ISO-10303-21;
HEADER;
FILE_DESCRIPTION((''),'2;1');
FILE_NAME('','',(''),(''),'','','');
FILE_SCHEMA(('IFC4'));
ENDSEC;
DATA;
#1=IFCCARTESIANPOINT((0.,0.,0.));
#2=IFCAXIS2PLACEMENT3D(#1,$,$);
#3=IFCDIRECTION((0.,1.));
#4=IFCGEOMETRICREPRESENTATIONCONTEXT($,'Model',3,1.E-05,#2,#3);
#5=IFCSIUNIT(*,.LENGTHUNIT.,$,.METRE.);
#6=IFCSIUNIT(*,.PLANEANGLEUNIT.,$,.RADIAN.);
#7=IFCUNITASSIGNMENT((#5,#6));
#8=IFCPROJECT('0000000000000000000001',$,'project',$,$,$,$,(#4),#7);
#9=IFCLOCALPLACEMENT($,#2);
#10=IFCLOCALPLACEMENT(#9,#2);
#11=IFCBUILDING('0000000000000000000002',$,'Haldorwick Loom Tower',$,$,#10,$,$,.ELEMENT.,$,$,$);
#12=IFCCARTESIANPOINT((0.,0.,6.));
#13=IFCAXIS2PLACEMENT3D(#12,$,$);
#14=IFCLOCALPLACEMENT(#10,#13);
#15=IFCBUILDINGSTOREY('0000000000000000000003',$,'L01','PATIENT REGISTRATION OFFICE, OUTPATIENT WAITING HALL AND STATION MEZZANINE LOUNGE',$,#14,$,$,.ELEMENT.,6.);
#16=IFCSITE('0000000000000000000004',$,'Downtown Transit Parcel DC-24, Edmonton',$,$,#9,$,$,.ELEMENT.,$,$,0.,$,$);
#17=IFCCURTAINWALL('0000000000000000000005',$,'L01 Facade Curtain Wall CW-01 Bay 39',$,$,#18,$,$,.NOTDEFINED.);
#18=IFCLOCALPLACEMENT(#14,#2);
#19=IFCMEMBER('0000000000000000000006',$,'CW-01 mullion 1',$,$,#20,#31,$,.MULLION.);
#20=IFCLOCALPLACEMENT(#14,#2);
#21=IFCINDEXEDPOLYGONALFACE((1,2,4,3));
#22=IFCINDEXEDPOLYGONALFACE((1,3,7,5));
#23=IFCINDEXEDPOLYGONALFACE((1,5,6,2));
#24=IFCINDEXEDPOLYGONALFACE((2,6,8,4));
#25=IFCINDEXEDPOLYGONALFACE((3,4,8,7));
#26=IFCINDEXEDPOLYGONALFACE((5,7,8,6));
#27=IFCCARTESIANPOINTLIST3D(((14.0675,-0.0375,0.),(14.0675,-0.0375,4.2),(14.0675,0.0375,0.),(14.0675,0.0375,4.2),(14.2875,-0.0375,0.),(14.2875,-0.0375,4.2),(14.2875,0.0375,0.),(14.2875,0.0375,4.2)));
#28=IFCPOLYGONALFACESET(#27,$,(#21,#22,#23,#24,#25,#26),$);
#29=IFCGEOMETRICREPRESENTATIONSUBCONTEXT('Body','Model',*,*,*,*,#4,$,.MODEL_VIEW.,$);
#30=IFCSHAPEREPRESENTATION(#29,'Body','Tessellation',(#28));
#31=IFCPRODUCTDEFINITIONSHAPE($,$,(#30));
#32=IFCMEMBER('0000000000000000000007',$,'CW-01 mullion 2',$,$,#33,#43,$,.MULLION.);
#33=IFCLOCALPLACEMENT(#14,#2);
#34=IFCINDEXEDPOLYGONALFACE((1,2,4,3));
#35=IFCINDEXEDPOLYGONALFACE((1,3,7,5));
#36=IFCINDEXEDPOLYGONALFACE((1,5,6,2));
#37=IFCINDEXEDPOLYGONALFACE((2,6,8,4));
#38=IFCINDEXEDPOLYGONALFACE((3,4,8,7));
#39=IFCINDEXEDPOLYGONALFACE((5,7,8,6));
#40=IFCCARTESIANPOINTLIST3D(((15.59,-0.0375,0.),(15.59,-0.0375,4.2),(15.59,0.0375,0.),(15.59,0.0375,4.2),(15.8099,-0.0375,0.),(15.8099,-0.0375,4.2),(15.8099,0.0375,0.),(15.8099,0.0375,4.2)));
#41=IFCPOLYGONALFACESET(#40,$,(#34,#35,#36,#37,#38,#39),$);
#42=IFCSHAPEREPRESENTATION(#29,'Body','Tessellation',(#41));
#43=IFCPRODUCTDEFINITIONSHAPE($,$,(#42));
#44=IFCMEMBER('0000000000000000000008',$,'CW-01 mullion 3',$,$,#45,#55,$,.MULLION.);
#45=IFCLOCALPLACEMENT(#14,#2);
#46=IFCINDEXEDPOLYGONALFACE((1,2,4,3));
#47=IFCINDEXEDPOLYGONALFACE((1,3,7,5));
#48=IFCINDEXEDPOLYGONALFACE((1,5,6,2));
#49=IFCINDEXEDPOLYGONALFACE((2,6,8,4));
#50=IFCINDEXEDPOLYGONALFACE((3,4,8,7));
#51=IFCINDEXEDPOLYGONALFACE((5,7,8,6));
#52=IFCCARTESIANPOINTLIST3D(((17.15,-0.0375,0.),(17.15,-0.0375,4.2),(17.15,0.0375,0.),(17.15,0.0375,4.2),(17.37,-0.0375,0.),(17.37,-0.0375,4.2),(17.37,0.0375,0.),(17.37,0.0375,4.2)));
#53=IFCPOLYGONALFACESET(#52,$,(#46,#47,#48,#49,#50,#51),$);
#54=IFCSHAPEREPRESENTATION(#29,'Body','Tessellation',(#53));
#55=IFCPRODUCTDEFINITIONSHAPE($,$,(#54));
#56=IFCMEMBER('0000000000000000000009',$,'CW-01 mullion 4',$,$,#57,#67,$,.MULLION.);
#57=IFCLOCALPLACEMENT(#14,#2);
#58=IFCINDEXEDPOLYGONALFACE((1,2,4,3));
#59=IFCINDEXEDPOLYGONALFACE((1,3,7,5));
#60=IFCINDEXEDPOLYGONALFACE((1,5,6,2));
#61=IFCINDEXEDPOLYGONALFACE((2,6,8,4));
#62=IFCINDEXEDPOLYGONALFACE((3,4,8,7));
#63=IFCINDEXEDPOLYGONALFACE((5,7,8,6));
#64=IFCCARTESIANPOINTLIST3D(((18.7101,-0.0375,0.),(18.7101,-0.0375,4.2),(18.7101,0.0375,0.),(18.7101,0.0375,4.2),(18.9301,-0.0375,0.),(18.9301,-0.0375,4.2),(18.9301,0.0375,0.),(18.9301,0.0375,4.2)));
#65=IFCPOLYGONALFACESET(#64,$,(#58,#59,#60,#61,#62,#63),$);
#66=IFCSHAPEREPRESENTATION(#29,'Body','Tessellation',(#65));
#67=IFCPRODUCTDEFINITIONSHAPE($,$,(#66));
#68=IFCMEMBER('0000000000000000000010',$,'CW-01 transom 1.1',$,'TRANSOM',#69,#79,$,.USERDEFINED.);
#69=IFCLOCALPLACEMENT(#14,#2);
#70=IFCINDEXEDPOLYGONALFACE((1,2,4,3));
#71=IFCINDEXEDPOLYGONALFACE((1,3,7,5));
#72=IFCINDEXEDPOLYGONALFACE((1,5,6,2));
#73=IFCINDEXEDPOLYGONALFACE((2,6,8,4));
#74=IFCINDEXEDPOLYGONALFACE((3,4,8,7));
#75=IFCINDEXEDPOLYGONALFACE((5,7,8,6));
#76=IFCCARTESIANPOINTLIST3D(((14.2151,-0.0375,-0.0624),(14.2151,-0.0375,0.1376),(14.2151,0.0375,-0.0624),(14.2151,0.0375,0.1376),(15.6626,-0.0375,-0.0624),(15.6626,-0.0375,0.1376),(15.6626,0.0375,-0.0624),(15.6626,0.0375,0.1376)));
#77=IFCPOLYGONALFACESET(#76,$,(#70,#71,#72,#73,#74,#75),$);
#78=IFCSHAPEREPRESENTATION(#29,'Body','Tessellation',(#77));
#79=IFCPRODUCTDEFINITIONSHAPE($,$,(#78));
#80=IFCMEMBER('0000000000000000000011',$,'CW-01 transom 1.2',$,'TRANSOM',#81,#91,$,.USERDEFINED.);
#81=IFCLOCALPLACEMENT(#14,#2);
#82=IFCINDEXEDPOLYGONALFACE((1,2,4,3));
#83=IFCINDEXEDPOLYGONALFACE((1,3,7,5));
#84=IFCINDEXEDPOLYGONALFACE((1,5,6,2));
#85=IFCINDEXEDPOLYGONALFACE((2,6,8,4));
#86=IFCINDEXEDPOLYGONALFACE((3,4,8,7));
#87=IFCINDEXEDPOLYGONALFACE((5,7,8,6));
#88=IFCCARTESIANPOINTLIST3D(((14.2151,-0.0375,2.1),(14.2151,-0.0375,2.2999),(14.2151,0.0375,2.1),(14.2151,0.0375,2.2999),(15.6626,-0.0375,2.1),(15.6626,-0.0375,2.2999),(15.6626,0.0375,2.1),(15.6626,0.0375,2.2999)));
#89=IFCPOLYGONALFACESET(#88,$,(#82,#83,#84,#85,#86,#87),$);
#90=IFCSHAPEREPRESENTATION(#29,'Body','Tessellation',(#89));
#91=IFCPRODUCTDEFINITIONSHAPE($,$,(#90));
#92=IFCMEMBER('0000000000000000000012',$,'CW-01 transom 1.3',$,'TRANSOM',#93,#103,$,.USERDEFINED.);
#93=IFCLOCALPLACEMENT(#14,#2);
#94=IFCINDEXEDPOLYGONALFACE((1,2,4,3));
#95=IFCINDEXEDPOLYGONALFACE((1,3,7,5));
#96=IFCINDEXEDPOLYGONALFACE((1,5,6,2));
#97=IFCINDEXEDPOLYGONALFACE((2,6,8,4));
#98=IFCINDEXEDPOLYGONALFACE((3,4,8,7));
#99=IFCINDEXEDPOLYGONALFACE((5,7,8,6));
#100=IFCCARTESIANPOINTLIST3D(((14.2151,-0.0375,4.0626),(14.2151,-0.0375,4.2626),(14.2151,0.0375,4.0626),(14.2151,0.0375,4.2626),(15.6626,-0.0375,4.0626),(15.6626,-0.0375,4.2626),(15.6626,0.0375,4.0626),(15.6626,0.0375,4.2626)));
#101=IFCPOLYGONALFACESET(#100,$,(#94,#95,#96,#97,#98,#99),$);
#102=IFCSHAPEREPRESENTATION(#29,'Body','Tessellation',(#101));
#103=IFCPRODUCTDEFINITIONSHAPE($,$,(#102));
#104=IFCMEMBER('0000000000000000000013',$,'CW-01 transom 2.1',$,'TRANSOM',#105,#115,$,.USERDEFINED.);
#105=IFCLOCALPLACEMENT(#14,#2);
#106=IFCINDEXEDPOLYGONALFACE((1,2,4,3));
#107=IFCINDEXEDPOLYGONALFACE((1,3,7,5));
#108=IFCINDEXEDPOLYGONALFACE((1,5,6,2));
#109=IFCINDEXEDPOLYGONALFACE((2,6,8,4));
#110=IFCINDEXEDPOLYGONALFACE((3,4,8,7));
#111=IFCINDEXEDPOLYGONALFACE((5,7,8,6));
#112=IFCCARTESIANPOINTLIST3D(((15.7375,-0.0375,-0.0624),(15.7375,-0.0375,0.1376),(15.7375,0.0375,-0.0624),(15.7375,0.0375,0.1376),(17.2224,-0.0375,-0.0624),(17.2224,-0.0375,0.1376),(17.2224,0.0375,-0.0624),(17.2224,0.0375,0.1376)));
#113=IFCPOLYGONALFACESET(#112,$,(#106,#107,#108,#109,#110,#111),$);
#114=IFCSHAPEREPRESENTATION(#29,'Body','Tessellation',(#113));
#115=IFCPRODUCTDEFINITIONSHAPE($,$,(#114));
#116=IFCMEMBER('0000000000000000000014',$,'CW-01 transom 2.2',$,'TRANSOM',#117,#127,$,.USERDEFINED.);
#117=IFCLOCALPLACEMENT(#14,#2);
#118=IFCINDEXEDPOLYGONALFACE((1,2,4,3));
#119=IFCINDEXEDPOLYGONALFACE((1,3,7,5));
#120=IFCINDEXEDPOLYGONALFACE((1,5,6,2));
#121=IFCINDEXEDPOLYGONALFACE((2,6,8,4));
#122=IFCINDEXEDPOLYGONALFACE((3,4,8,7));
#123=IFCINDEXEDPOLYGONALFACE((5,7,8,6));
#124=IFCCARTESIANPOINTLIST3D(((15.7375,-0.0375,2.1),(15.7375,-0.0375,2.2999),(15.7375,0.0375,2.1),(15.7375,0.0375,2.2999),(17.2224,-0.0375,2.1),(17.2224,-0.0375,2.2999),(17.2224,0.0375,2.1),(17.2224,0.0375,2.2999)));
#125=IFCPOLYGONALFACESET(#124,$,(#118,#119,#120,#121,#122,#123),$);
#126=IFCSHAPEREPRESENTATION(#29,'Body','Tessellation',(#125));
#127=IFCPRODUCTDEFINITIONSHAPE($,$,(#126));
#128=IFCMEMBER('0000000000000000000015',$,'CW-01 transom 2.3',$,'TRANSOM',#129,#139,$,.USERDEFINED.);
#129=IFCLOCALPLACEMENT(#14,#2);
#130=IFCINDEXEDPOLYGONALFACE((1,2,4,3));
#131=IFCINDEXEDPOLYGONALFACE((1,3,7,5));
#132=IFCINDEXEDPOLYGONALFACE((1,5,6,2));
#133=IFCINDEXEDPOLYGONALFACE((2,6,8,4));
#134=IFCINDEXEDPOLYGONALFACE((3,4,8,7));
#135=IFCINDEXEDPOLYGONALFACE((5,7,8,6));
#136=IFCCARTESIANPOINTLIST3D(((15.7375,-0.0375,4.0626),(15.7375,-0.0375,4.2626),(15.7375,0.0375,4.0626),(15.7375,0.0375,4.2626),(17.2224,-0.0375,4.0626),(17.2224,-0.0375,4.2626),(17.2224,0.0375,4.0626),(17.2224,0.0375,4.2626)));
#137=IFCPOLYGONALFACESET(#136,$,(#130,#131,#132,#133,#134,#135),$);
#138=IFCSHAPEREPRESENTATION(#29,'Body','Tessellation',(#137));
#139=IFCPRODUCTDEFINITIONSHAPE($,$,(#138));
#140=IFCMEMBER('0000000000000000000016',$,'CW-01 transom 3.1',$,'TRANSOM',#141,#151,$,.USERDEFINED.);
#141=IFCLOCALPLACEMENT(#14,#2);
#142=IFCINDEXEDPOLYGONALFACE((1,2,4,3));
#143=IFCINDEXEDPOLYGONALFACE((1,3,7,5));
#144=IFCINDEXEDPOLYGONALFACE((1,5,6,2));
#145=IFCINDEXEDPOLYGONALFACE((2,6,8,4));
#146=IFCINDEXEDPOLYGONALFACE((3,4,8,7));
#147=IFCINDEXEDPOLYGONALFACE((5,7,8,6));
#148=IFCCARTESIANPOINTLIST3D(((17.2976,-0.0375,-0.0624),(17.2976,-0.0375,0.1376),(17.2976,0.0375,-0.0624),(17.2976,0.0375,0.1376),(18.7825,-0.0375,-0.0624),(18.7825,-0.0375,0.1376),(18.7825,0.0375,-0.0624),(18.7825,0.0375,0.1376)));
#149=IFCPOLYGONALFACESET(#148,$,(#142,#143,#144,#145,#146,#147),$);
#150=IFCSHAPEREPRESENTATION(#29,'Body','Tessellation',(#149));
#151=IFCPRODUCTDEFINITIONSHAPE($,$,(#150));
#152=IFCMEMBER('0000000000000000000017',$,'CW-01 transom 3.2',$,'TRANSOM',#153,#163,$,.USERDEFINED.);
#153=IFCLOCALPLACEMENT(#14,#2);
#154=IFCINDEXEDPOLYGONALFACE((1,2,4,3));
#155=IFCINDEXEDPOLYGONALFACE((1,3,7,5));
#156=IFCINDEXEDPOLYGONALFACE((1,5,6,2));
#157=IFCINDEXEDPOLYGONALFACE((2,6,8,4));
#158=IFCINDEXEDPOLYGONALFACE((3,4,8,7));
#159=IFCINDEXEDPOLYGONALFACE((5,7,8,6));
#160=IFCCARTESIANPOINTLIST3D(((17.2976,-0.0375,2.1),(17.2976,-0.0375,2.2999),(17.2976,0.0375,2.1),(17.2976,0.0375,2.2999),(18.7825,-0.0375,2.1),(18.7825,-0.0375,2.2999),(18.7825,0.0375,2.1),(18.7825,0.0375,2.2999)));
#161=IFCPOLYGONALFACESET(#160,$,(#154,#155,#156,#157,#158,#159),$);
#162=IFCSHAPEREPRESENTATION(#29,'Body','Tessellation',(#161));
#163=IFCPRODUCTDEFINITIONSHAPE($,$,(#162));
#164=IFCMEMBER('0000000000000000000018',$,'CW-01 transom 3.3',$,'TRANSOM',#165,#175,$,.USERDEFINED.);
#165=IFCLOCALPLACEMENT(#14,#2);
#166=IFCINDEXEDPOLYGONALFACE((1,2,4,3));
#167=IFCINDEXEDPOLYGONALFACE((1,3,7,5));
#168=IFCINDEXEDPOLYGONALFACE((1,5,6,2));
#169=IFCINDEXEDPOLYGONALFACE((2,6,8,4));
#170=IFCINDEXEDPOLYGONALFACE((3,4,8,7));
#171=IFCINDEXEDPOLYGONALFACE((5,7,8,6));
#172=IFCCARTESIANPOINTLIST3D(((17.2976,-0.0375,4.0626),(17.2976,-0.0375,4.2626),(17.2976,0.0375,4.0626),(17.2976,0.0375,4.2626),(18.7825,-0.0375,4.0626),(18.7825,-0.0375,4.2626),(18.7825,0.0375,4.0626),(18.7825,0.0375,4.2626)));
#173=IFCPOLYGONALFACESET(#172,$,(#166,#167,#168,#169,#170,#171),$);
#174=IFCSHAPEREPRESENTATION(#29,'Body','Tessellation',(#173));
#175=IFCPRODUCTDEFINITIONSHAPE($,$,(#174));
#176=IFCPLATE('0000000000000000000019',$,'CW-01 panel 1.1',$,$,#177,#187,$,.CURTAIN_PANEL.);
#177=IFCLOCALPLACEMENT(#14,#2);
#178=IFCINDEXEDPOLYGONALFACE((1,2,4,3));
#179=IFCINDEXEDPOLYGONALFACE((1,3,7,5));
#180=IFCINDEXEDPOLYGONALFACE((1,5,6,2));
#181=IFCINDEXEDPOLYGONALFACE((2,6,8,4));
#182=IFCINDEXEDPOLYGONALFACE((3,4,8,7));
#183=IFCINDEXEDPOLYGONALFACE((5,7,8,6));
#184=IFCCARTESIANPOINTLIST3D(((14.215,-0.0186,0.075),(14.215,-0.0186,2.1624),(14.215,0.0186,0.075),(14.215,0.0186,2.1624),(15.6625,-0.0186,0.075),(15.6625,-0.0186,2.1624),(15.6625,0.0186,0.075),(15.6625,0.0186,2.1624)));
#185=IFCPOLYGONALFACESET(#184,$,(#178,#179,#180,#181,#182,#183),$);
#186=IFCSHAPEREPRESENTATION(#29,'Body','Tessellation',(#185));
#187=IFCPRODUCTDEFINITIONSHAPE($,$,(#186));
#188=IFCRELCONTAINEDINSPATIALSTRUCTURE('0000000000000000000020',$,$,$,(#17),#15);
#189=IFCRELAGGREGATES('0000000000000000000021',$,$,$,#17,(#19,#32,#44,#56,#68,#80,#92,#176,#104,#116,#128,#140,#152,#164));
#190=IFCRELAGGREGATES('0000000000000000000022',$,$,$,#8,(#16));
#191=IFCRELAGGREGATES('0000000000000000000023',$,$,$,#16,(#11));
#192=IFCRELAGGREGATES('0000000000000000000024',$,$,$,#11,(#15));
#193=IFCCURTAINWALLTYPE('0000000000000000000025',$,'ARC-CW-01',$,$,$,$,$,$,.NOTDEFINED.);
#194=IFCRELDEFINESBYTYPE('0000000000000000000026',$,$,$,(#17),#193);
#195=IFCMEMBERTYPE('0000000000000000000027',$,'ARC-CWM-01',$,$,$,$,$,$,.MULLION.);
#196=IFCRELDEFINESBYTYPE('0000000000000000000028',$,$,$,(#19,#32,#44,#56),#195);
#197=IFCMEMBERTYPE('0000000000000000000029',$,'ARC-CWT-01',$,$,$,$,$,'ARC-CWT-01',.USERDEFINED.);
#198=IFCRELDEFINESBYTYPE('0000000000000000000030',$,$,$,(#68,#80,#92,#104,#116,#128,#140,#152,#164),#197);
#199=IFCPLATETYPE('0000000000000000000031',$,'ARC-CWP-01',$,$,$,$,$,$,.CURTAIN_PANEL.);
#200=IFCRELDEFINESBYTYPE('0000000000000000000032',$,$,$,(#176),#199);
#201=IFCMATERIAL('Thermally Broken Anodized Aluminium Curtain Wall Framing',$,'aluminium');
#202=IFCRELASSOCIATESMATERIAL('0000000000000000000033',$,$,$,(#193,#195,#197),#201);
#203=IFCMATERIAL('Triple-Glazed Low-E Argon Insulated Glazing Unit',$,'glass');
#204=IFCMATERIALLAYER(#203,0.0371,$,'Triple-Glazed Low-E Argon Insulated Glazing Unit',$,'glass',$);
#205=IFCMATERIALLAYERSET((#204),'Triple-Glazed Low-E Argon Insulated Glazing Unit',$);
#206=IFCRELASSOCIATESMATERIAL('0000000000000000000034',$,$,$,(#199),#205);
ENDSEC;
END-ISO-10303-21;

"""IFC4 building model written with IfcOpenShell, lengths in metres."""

from ifc_helpers import new_model, si_unit, direction, frame, origin, origin_2d, place, context, subcontext, project, spatial, rectangle, extrude, material, layer, layer_set, material_profile, profile_set, type_object, element, aggregate, save


model = new_model("IFC4")

# Units and contexts
model_context = context("Model", 3, precision=1e-05, world=origin(), true_north=direction((0.0, 1.0)))
body_context = subcontext(model_context, "Body", "Model", "MODEL_VIEW")
ifc_project = project(units=[si_unit("LENGTHUNIT", "METRE"), si_unit("PLANEANGLEUNIT", "RADIAN")], contexts=[model_context])

# Site, building, storey
site_placement = place(None, origin())
site = spatial("IfcSite", under=ifc_project, at=site_placement, Name="Downtown Transit Parcel DC-24, Edmonton", CompositionType="ELEMENT", RefElevation=0.0)
building_placement = place(site_placement, origin())
building = spatial("IfcBuilding", under=site, at=building_placement, Name="Haldorwick Loom Tower", CompositionType="ELEMENT")
storey_placement = place(building_placement, frame((0.0, 0.0, 6.0)))
storey = spatial("IfcBuildingStorey", under=building, at=storey_placement, Name="L01", Description="PATIENT REGISTRATION OFFICE, OUTPATIENT WAITING HALL AND STATION MEZZANINE LOUNGE", CompositionType="ELEMENT", Elevation=6.0)

# Curtain wall, members, plate
ifc_material_1 = material(Name="Thermally Broken Anodized Aluminium Curtain Wall Framing", Category="aluminium")
curtain_wall_type = type_object("IfcCurtainWallType", Name="ARC-CW-01", PredefinedType="NOTDEFINED", material=ifc_material_1)
curtain_wall_placement = place(storey_placement, origin())
curtain_wall = element("IfcCurtainWall", 1, at=curtain_wall_placement, inside=storey, type_object=curtain_wall_type, Name="L01 Facade Curtain Wall CW-01 Bay 39", PredefinedType="NOTDEFINED")
ifc_material_profile_1 = material_profile(ifc_material_1, rectangle(XDim=0.075, YDim=0.22, at=origin_2d()), Name="ALU_MUL_75X220", Category="aluminium")
ifc_profile_set_1 = profile_set([ifc_material_profile_1], Name="Thermally Broken Anodized Aluminium Curtain Wall Framing")
member_type_1 = type_object("IfcMemberType", Name="ARC-CWM-01", PredefinedType="MULLION", material=ifc_profile_set_1)
member_1_placement = place(storey_placement, frame((14.1775, 0.0, 0.0), z_axis=(0.0, 0.0, 1.0), x_axis=(0.0, 1.0, 0.0)))
member_1 = element("IfcMember", 2, at=member_1_placement, type_object=member_type_1, Name="CW-01 mullion 1", PredefinedType="MULLION", context=body_context, shape_type="SweptSolid", body=[
    extrude(rectangle(XDim=0.075, YDim=0.22, at=origin_2d()), origin(), (0.0, 0.0, 1.0), 4.2),
])
member_2_placement = place(storey_placement, frame((15.7, 0.0, 0.0), z_axis=(0.0, 0.0, 1.0), x_axis=(0.0, 1.0, 0.0)))
member_2 = element("IfcMember", 3, at=member_2_placement, type_object=member_type_1, Name="CW-01 mullion 2", PredefinedType="MULLION", context=body_context, shape_type="SweptSolid", body=[
    extrude(rectangle(XDim=0.075, YDim=0.22, at=origin_2d()), origin(), (0.0, 0.0, 1.0), 4.2),
])
member_3_placement = place(storey_placement, frame((17.26, 0.0, 0.0), z_axis=(0.0, 0.0, 1.0), x_axis=(0.0, 1.0, 0.0)))
member_3 = element("IfcMember", 4, at=member_3_placement, type_object=member_type_1, Name="CW-01 mullion 3", PredefinedType="MULLION", context=body_context, shape_type="SweptSolid", body=[
    extrude(rectangle(XDim=0.075, YDim=0.22, at=origin_2d()), origin(), (0.0, 0.0, 1.0), 4.2),
])
member_4_placement = place(storey_placement, frame((18.8201, 0.0, 0.0), z_axis=(0.0, 0.0, 1.0), x_axis=(0.0, 1.0, 0.0)))
member_4 = element("IfcMember", 5, at=member_4_placement, type_object=member_type_1, Name="CW-01 mullion 4", PredefinedType="MULLION", context=body_context, shape_type="SweptSolid", body=[
    extrude(rectangle(XDim=0.075, YDim=0.22, at=origin_2d()), origin(), (0.0, 0.0, 1.0), 4.2),
])
ifc_material_profile_2 = material_profile(ifc_material_1, rectangle(XDim=0.075, YDim=0.2, at=origin_2d()), Name="ALU_TRN_75X200", Category="aluminium")
ifc_profile_set_2 = profile_set([ifc_material_profile_2], Name="Thermally Broken Anodized Aluminium Curtain Wall Framing")
member_type_2 = type_object("IfcMemberType", Name="ARC-CWT-01", ElementType="ARC-CWT-01", PredefinedType="USERDEFINED", material=ifc_profile_set_2)
member_5_placement = place(storey_placement, frame((14.2151, 0.0, 0.0376), z_axis=(1.0, 0.0, 0.0), x_axis=(0.0, 1.0, 0.0)))
member_5 = element("IfcMember", 6, at=member_5_placement, type_object=member_type_2, Name="CW-01 transom 1.1", ObjectType="TRANSOM", PredefinedType="USERDEFINED", context=body_context, shape_type="SweptSolid", body=[
    extrude(rectangle(XDim=0.075, YDim=0.2, at=origin_2d()), origin(), (0.0, 0.0, 1.0), 1.4475),
])
member_6_placement = place(storey_placement, frame((14.2151, 0.0, 2.2), z_axis=(1.0, 0.0, 0.0), x_axis=(0.0, 1.0, 0.0)))
member_6 = element("IfcMember", 7, at=member_6_placement, type_object=member_type_2, Name="CW-01 transom 1.2", ObjectType="TRANSOM", PredefinedType="USERDEFINED", context=body_context, shape_type="SweptSolid", body=[
    extrude(rectangle(XDim=0.075, YDim=0.2, at=origin_2d()), origin(), (0.0, 0.0, 1.0), 1.4475),
])
member_7_placement = place(storey_placement, frame((14.2151, 0.0, 4.1626), z_axis=(1.0, 0.0, 0.0), x_axis=(0.0, 1.0, 0.0)))
member_7 = element("IfcMember", 8, at=member_7_placement, type_object=member_type_2, Name="CW-01 transom 1.3", ObjectType="TRANSOM", PredefinedType="USERDEFINED", context=body_context, shape_type="SweptSolid", body=[
    extrude(rectangle(XDim=0.075, YDim=0.2, at=origin_2d()), origin(), (0.0, 0.0, 1.0), 1.4475),
])
member_8_placement = place(storey_placement, frame((15.7375, 0.0, 0.0376), z_axis=(1.0, 0.0, 0.0), x_axis=(0.0, 1.0, 0.0)))
member_8 = element("IfcMember", 9, at=member_8_placement, type_object=member_type_2, Name="CW-01 transom 2.1", ObjectType="TRANSOM", PredefinedType="USERDEFINED", context=body_context, shape_type="SweptSolid", body=[
    extrude(rectangle(XDim=0.075, YDim=0.2, at=origin_2d()), origin(), (0.0, 0.0, 1.0), 1.4849),
])
member_9_placement = place(storey_placement, frame((15.7375, 0.0, 2.2), z_axis=(1.0, 0.0, 0.0), x_axis=(0.0, 1.0, 0.0)))
member_9 = element("IfcMember", 10, at=member_9_placement, type_object=member_type_2, Name="CW-01 transom 2.2", ObjectType="TRANSOM", PredefinedType="USERDEFINED", context=body_context, shape_type="SweptSolid", body=[
    extrude(rectangle(XDim=0.075, YDim=0.2, at=origin_2d()), origin(), (0.0, 0.0, 1.0), 1.4849),
])
member_10_placement = place(storey_placement, frame((15.7375, 0.0, 4.1626), z_axis=(1.0, 0.0, 0.0), x_axis=(0.0, 1.0, 0.0)))
member_10 = element("IfcMember", 11, at=member_10_placement, type_object=member_type_2, Name="CW-01 transom 2.3", ObjectType="TRANSOM", PredefinedType="USERDEFINED", context=body_context, shape_type="SweptSolid", body=[
    extrude(rectangle(XDim=0.075, YDim=0.2, at=origin_2d()), origin(), (0.0, 0.0, 1.0), 1.4849),
])
member_11_placement = place(storey_placement, frame((17.2976, 0.0, 0.0376), z_axis=(1.0, 0.0, 0.0), x_axis=(0.0, 1.0, 0.0)))
member_11 = element("IfcMember", 12, at=member_11_placement, type_object=member_type_2, Name="CW-01 transom 3.1", ObjectType="TRANSOM", PredefinedType="USERDEFINED", context=body_context, shape_type="SweptSolid", body=[
    extrude(rectangle(XDim=0.075, YDim=0.2, at=origin_2d()), origin(), (0.0, 0.0, 1.0), 1.4849),
])
member_12_placement = place(storey_placement, frame((17.2976, 0.0, 2.2), z_axis=(1.0, 0.0, 0.0), x_axis=(0.0, 1.0, 0.0)))
member_12 = element("IfcMember", 13, at=member_12_placement, type_object=member_type_2, Name="CW-01 transom 3.2", ObjectType="TRANSOM", PredefinedType="USERDEFINED", context=body_context, shape_type="SweptSolid", body=[
    extrude(rectangle(XDim=0.075, YDim=0.2, at=origin_2d()), origin(), (0.0, 0.0, 1.0), 1.4849),
])
member_13_placement = place(storey_placement, frame((17.2976, 0.0, 4.1626), z_axis=(1.0, 0.0, 0.0), x_axis=(0.0, 1.0, 0.0)))
member_13 = element("IfcMember", 14, at=member_13_placement, type_object=member_type_2, Name="CW-01 transom 3.3", ObjectType="TRANSOM", PredefinedType="USERDEFINED", context=body_context, shape_type="SweptSolid", body=[
    extrude(rectangle(XDim=0.075, YDim=0.2, at=origin_2d()), origin(), (0.0, 0.0, 1.0), 1.4849),
])
ifc_material_2 = material(Name="Triple-Glazed Low-E Argon Insulated Glazing Unit", Category="glass")
ifc_layer_1 = layer(ifc_material_2, 0.0371, Name="Triple-Glazed Low-E Argon Insulated Glazing Unit", Category="glass")
ifc_layer_set_1 = layer_set([ifc_layer_1], Name="Triple-Glazed Low-E Argon Insulated Glazing Unit")
plate_type = type_object("IfcPlateType", Name="ARC-CWP-01", PredefinedType="CURTAIN_PANEL", material=ifc_layer_set_1)
plate_1_placement = place(storey_placement, frame((14.9387, 0.0, 0.075), z_axis=(0.0, 0.0, 1.0), x_axis=(1.0, 0.0, 0.0)))
plate_1 = element("IfcPlate", 15, at=plate_1_placement, type_object=plate_type, Name="CW-01 panel 1.1", PredefinedType="CURTAIN_PANEL", context=body_context, shape_type="SweptSolid", body=[
    extrude(rectangle(XDim=1.4475, YDim=0.0371, at=origin_2d()), origin(), (0.0, 0.0, 1.0), 2.0874),
])
aggregate(curtain_wall, [member_1, member_2, member_3, member_4, member_5, member_6, member_7, plate_1, member_8, member_9, member_10, member_11, member_12, member_13])

save(model, "model.ifc")
